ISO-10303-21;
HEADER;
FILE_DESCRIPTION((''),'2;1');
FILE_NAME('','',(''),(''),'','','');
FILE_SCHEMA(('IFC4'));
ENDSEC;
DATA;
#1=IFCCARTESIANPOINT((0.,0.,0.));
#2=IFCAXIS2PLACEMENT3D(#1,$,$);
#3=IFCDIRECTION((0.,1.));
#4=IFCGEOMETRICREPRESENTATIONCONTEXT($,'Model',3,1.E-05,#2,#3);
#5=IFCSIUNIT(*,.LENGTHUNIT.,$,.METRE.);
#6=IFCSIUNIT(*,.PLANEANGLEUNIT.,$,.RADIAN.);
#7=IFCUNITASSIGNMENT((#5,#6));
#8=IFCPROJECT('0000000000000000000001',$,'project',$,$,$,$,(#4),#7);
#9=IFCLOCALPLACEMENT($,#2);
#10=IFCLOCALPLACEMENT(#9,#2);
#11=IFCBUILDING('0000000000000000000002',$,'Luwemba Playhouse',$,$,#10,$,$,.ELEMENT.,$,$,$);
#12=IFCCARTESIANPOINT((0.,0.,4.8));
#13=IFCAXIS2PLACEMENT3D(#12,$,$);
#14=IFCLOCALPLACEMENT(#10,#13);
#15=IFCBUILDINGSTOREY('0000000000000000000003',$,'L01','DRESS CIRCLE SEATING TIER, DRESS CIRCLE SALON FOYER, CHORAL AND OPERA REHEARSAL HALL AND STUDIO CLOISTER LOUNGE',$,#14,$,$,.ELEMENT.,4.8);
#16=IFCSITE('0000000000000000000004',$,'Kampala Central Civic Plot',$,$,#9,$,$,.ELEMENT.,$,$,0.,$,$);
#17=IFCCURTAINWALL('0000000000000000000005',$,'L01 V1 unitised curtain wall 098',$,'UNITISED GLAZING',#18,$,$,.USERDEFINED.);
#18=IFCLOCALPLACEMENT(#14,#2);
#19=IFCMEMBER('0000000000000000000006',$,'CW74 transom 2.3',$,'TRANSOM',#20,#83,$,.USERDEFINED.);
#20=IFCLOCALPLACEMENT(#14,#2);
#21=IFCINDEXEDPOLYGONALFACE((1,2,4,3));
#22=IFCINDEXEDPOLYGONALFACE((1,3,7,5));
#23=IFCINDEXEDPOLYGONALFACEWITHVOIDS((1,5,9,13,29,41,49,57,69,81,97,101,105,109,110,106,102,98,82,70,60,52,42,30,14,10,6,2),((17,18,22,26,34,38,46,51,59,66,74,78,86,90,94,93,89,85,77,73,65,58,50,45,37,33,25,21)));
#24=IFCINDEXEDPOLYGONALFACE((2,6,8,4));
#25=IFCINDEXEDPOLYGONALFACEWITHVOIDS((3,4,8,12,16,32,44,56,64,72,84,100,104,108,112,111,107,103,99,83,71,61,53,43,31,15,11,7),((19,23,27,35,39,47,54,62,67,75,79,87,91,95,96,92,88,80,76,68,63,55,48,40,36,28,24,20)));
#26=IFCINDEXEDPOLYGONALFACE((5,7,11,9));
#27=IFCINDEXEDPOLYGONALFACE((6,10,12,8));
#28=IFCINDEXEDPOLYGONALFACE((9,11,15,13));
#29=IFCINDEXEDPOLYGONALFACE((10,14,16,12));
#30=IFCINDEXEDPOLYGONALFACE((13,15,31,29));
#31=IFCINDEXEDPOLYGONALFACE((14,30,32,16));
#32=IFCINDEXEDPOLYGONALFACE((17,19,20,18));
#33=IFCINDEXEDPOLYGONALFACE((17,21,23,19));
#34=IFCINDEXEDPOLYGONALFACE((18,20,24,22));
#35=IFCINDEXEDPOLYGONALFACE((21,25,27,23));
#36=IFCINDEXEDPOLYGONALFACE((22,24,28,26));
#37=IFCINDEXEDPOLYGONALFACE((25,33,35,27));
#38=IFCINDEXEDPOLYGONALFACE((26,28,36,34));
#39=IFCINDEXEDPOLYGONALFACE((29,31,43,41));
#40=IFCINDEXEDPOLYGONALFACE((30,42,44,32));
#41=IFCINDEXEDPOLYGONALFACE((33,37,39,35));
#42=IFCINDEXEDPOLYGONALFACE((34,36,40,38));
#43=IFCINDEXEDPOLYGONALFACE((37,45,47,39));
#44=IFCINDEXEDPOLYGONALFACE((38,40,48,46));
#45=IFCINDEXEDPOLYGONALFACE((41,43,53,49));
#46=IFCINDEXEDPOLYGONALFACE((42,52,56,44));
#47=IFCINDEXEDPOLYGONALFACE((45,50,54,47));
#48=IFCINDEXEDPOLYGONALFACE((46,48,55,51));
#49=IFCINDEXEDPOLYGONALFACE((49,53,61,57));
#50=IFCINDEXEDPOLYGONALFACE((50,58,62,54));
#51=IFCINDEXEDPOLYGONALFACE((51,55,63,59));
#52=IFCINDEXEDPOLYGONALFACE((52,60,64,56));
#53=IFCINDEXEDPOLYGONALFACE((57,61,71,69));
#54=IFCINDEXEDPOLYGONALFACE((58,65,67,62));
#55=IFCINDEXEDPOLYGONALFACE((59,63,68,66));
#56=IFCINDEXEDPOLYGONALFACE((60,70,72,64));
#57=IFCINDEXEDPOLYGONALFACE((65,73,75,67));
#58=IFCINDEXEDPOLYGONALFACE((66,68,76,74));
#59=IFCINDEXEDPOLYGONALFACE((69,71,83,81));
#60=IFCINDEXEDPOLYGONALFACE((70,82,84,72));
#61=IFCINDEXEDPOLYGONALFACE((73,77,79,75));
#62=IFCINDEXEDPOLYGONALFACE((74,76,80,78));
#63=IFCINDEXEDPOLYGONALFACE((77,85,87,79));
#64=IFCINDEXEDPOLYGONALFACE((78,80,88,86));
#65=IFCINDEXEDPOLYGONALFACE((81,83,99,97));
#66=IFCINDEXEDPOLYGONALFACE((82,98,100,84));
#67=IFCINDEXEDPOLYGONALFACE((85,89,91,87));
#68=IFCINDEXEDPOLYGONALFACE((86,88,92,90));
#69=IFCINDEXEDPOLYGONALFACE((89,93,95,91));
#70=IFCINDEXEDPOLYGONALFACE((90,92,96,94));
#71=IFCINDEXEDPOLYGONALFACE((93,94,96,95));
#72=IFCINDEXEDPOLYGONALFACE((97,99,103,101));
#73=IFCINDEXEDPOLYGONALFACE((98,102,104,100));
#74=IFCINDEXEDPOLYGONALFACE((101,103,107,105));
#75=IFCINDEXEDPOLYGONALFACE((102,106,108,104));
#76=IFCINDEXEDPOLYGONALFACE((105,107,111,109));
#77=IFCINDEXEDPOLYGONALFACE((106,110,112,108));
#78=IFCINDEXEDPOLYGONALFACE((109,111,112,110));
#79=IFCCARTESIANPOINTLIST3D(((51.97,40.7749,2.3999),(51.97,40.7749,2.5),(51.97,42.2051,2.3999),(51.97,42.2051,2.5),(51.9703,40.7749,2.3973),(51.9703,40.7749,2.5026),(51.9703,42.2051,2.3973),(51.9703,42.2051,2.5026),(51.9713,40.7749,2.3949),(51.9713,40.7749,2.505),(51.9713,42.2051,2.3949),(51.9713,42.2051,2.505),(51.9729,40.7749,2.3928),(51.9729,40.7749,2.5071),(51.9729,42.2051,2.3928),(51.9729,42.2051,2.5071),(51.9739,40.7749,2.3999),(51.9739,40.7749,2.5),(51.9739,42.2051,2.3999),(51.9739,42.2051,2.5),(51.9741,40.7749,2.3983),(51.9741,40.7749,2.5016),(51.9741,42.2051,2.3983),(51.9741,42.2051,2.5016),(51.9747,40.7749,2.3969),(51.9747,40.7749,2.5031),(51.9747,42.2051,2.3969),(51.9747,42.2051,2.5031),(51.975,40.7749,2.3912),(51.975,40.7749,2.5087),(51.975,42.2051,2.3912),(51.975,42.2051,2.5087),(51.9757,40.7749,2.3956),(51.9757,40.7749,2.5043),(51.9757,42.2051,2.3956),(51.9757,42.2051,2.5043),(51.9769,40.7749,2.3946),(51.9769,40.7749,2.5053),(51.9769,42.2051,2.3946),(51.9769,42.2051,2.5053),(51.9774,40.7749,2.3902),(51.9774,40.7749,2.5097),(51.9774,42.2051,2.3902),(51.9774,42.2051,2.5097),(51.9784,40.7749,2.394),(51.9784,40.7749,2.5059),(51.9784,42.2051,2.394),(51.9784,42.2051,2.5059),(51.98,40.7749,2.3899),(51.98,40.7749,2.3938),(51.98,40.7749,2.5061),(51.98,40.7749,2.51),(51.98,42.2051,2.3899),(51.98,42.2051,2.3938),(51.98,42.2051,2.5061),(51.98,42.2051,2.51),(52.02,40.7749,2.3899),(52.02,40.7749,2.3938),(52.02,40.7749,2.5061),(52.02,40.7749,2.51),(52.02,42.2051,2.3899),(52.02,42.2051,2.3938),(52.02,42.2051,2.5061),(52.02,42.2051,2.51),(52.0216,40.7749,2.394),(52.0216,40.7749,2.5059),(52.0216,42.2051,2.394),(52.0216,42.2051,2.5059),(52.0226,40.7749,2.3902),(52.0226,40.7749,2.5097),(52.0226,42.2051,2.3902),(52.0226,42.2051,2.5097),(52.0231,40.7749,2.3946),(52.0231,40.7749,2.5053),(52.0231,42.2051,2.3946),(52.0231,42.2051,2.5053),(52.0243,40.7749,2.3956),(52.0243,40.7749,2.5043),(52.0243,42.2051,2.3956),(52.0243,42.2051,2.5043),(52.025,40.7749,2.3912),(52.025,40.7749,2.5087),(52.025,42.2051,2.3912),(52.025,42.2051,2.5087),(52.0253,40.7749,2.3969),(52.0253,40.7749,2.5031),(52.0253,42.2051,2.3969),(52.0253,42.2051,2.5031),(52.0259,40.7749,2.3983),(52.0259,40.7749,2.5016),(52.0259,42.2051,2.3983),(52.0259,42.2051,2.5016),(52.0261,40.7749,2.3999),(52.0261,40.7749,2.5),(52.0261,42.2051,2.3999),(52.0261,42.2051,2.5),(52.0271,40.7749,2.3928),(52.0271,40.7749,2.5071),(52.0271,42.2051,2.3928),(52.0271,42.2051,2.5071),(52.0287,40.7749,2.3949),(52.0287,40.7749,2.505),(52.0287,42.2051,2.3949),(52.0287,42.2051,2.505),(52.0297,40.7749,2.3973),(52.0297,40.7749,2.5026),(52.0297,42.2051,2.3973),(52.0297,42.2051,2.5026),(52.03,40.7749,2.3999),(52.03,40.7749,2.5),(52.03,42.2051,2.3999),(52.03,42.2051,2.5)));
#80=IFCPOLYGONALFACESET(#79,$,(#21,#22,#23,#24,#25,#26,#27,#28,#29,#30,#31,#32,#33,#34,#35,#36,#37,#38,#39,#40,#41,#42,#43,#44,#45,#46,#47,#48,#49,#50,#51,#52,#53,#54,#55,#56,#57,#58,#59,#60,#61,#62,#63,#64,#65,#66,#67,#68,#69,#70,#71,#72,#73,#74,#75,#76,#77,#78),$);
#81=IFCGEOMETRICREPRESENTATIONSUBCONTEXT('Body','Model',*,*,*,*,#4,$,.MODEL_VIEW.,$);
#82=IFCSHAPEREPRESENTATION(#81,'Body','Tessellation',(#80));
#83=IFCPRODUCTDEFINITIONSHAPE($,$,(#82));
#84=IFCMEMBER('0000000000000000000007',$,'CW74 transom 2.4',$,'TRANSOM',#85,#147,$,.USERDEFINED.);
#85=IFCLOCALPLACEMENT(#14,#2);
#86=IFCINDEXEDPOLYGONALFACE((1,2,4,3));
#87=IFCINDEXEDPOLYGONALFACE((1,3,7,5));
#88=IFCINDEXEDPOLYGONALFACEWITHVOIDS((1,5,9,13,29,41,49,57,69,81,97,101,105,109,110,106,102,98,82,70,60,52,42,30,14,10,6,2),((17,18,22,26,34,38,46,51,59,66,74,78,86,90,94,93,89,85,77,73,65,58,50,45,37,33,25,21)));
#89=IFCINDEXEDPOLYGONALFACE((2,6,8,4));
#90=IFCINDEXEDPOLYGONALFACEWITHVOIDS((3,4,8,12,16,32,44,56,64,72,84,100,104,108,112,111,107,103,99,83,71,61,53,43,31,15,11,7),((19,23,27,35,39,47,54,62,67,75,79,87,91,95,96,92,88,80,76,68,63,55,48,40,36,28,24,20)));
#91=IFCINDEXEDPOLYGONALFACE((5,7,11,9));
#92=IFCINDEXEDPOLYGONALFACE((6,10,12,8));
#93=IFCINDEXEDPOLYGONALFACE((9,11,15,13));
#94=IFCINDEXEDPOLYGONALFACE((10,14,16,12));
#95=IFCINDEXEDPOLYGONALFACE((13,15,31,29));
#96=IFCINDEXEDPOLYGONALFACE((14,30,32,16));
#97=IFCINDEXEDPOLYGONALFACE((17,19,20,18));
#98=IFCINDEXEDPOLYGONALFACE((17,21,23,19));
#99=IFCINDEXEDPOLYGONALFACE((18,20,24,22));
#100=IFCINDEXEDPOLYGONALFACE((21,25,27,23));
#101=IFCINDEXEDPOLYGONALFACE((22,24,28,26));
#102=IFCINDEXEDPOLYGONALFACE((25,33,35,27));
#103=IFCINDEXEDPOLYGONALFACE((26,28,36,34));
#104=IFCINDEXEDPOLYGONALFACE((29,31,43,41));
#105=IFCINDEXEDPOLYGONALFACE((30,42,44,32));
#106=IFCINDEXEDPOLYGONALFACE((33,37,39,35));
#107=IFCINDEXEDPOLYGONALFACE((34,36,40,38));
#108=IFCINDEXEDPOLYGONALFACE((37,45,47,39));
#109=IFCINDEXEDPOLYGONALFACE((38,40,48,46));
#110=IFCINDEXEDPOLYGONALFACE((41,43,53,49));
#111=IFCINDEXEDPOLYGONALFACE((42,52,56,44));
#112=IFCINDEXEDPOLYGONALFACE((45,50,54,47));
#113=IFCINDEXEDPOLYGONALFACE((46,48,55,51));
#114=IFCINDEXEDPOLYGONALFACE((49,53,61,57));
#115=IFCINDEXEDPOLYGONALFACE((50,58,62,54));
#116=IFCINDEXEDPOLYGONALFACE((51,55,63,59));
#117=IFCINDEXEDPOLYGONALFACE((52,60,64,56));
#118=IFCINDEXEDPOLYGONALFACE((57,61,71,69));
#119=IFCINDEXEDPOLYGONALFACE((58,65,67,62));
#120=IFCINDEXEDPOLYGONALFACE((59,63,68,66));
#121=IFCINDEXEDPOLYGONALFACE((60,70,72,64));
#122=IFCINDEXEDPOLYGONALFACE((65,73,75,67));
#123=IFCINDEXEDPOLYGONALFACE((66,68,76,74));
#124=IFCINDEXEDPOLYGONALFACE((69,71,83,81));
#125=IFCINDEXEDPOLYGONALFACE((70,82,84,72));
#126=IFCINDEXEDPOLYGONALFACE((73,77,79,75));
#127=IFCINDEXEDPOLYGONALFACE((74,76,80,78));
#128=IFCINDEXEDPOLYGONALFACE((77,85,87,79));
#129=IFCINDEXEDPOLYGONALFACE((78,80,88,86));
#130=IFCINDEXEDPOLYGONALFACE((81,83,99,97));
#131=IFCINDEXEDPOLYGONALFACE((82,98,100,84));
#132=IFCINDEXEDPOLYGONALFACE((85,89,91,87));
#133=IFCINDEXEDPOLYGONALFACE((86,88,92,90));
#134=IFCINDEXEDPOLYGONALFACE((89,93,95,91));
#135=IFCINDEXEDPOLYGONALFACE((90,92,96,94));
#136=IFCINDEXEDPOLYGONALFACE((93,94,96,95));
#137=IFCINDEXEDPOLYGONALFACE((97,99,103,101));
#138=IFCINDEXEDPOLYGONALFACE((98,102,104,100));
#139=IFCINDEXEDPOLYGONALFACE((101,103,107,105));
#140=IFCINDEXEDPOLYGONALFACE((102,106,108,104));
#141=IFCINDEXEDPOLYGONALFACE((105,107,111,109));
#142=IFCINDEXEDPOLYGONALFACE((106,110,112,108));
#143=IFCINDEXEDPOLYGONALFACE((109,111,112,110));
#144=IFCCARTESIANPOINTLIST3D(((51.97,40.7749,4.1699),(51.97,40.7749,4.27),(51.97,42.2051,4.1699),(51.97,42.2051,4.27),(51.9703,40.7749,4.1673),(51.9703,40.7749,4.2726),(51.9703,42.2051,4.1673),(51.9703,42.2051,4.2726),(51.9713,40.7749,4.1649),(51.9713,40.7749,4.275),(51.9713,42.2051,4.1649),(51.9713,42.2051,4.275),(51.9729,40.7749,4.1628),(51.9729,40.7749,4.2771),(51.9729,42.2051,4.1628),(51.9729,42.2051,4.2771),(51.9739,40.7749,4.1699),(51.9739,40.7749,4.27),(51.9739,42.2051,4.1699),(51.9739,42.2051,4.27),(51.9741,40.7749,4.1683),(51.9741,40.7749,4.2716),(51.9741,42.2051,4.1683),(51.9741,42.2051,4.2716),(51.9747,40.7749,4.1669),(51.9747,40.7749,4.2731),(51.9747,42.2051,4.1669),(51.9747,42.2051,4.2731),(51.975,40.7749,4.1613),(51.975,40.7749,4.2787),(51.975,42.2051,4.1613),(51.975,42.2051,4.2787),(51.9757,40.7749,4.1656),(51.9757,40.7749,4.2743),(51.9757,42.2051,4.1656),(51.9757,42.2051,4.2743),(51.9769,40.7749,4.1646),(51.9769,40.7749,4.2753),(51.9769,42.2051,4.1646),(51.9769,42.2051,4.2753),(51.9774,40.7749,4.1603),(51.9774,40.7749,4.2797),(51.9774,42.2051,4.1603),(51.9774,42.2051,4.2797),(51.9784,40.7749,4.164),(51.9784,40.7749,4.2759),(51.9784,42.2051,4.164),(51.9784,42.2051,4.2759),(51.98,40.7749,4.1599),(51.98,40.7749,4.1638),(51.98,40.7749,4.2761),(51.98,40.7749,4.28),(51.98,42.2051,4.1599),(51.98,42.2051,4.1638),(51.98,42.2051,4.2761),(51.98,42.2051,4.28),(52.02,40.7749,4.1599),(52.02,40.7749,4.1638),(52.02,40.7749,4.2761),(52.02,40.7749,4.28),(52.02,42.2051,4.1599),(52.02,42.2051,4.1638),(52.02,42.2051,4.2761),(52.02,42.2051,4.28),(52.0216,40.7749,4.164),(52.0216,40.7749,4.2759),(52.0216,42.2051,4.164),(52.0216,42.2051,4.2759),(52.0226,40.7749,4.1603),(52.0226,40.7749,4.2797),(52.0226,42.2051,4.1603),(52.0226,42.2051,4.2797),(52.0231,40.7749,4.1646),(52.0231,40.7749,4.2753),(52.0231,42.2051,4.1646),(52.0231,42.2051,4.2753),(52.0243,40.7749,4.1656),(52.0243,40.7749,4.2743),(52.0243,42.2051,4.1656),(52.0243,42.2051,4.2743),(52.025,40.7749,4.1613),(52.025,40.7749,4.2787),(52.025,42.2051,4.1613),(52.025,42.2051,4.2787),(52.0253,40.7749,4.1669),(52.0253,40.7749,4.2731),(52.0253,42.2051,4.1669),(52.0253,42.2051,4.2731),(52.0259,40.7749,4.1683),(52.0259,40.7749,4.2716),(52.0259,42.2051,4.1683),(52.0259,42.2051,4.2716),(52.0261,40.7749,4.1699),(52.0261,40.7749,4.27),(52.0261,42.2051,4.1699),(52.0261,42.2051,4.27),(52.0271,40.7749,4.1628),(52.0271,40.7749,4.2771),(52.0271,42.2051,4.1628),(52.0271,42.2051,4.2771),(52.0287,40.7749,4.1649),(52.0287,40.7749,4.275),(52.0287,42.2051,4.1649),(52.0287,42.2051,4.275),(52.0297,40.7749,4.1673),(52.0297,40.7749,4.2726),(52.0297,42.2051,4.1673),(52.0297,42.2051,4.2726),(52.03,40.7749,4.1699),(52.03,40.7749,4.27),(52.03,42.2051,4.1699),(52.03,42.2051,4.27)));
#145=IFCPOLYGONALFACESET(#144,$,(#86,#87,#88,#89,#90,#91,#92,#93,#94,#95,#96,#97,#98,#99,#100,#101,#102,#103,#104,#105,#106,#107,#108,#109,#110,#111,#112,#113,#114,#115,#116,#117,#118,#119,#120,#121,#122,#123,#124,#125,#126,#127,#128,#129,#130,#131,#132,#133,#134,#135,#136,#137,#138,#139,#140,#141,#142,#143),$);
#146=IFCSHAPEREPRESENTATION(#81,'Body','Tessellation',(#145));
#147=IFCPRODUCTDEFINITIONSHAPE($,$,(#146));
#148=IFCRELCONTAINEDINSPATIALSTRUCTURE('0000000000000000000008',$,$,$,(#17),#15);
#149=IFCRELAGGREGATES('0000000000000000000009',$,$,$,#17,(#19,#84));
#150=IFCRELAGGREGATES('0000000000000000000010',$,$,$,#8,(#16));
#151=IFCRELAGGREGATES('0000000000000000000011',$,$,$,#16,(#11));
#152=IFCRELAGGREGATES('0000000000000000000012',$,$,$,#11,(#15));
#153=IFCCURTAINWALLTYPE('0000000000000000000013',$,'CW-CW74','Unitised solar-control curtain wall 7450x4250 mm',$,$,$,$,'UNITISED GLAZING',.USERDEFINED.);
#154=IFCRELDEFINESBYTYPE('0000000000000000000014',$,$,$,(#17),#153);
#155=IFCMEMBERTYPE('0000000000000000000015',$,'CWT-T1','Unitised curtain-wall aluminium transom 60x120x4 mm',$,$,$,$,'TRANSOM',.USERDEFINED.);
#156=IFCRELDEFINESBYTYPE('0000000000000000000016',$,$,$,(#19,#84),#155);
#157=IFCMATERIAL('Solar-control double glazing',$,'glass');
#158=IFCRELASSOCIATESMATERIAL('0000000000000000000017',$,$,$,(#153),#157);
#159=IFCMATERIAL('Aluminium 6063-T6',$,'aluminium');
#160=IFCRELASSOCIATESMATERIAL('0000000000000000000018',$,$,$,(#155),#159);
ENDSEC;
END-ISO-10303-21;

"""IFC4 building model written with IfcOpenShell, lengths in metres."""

from ifc_helpers import new_model, si_unit, direction, frame, origin, origin_2d, place, context, subcontext, project, spatial, hollow_rectangle, extrude, material, material_profile, profile_set, type_object, element, aggregate, save


model = new_model("IFC4")

# Units and contexts
model_context = context("Model", 3, precision=1e-05, world=origin(), true_north=direction((0.0, 1.0)))
body_context = subcontext(model_context, "Body", "Model", "MODEL_VIEW")
ifc_project = project(units=[si_unit("LENGTHUNIT", "METRE"), si_unit("PLANEANGLEUNIT", "RADIAN")], contexts=[model_context])

# Site, building, storey
site_placement = place(None, origin())
site = spatial("IfcSite", under=ifc_project, at=site_placement, Name="Kampala Central Civic Plot", CompositionType="ELEMENT", RefElevation=0.0)
building_placement = place(site_placement, origin())
building = spatial("IfcBuilding", under=site, at=building_placement, Name="Luwemba Playhouse", CompositionType="ELEMENT")
storey_placement = place(building_placement, frame((0.0, 0.0, 4.8)))
storey = spatial("IfcBuildingStorey", under=building, at=storey_placement, Name="L01", Description="DRESS CIRCLE SEATING TIER, DRESS CIRCLE SALON FOYER, CHORAL AND OPERA REHEARSAL HALL AND STUDIO CLOISTER LOUNGE", CompositionType="ELEMENT", Elevation=4.8)

# Curtain wall
ifc_material_1 = material(Name="Solar-control double glazing", Category="glass")
curtain_wall_type_1 = type_object("IfcCurtainWallType", Name="CW-CW74", Description="Unitised solar-control curtain wall 7450x4250 mm", ElementType="UNITISED GLAZING", PredefinedType="USERDEFINED", material=ifc_material_1)
curtain_wall_1_placement = place(storey_placement, origin())
curtain_wall_1 = element("IfcCurtainWall", 1, at=curtain_wall_1_placement, inside=storey, type_object=curtain_wall_type_1, Name="L01 V1 unitised curtain wall 098", ObjectType="UNITISED GLAZING", PredefinedType="USERDEFINED")
ifc_material_2 = material(Name="Aluminium 6063-T6", Category="aluminium")

# Members
ifc_material_profile_1 = material_profile(ifc_material_2, hollow_rectangle(XDim=0.0601, YDim=0.1201, WallThickness=0.0039, InnerFilletRadius=0.0061, OuterFilletRadius=0.01, at=origin_2d()))
ifc_profile_set_1 = profile_set([ifc_material_profile_1], Name="Aluminium 6063-T6")
member_type_1 = type_object("IfcMemberType", Name="CWT-T1", Description="Unitised curtain-wall aluminium transom 60x120x4 mm", ElementType="TRANSOM", PredefinedType="USERDEFINED", material=ifc_profile_set_1)
member_1_placement = place(storey_placement, frame((52.0, 42.2051, 2.45), z_axis=(0.0, -1.0, 0.0), x_axis=(1.0, 0.0, 0.0)))
member_1 = element("IfcMember", 2, at=member_1_placement, type_object=member_type_1, Name="CW74 transom 2.3", ObjectType="TRANSOM", PredefinedType="USERDEFINED", context=body_context, shape_type="SweptSolid", body=[
    extrude(hollow_rectangle(XDim=0.0601, YDim=0.1201, WallThickness=0.0039, InnerFilletRadius=0.0061, OuterFilletRadius=0.01, at=origin_2d()), origin(), (0.0, 0.0, 1.0), 1.4302),
])
member_2_placement = place(storey_placement, frame((52.0, 42.2051, 4.22), z_axis=(0.0, -1.0, 0.0), x_axis=(1.0, 0.0, 0.0)))
member_2 = element("IfcMember", 3, at=member_2_placement, type_object=member_type_1, Name="CW74 transom 2.4", ObjectType="TRANSOM", PredefinedType="USERDEFINED", context=body_context, shape_type="SweptSolid", body=[
    extrude(hollow_rectangle(XDim=0.0601, YDim=0.1201, WallThickness=0.0039, InnerFilletRadius=0.0061, OuterFilletRadius=0.01, at=origin_2d()), origin(), (0.0, 0.0, 1.0), 1.4302),
])

aggregate(curtain_wall_1, [member_1, member_2])

save(model, "model.ifc")
